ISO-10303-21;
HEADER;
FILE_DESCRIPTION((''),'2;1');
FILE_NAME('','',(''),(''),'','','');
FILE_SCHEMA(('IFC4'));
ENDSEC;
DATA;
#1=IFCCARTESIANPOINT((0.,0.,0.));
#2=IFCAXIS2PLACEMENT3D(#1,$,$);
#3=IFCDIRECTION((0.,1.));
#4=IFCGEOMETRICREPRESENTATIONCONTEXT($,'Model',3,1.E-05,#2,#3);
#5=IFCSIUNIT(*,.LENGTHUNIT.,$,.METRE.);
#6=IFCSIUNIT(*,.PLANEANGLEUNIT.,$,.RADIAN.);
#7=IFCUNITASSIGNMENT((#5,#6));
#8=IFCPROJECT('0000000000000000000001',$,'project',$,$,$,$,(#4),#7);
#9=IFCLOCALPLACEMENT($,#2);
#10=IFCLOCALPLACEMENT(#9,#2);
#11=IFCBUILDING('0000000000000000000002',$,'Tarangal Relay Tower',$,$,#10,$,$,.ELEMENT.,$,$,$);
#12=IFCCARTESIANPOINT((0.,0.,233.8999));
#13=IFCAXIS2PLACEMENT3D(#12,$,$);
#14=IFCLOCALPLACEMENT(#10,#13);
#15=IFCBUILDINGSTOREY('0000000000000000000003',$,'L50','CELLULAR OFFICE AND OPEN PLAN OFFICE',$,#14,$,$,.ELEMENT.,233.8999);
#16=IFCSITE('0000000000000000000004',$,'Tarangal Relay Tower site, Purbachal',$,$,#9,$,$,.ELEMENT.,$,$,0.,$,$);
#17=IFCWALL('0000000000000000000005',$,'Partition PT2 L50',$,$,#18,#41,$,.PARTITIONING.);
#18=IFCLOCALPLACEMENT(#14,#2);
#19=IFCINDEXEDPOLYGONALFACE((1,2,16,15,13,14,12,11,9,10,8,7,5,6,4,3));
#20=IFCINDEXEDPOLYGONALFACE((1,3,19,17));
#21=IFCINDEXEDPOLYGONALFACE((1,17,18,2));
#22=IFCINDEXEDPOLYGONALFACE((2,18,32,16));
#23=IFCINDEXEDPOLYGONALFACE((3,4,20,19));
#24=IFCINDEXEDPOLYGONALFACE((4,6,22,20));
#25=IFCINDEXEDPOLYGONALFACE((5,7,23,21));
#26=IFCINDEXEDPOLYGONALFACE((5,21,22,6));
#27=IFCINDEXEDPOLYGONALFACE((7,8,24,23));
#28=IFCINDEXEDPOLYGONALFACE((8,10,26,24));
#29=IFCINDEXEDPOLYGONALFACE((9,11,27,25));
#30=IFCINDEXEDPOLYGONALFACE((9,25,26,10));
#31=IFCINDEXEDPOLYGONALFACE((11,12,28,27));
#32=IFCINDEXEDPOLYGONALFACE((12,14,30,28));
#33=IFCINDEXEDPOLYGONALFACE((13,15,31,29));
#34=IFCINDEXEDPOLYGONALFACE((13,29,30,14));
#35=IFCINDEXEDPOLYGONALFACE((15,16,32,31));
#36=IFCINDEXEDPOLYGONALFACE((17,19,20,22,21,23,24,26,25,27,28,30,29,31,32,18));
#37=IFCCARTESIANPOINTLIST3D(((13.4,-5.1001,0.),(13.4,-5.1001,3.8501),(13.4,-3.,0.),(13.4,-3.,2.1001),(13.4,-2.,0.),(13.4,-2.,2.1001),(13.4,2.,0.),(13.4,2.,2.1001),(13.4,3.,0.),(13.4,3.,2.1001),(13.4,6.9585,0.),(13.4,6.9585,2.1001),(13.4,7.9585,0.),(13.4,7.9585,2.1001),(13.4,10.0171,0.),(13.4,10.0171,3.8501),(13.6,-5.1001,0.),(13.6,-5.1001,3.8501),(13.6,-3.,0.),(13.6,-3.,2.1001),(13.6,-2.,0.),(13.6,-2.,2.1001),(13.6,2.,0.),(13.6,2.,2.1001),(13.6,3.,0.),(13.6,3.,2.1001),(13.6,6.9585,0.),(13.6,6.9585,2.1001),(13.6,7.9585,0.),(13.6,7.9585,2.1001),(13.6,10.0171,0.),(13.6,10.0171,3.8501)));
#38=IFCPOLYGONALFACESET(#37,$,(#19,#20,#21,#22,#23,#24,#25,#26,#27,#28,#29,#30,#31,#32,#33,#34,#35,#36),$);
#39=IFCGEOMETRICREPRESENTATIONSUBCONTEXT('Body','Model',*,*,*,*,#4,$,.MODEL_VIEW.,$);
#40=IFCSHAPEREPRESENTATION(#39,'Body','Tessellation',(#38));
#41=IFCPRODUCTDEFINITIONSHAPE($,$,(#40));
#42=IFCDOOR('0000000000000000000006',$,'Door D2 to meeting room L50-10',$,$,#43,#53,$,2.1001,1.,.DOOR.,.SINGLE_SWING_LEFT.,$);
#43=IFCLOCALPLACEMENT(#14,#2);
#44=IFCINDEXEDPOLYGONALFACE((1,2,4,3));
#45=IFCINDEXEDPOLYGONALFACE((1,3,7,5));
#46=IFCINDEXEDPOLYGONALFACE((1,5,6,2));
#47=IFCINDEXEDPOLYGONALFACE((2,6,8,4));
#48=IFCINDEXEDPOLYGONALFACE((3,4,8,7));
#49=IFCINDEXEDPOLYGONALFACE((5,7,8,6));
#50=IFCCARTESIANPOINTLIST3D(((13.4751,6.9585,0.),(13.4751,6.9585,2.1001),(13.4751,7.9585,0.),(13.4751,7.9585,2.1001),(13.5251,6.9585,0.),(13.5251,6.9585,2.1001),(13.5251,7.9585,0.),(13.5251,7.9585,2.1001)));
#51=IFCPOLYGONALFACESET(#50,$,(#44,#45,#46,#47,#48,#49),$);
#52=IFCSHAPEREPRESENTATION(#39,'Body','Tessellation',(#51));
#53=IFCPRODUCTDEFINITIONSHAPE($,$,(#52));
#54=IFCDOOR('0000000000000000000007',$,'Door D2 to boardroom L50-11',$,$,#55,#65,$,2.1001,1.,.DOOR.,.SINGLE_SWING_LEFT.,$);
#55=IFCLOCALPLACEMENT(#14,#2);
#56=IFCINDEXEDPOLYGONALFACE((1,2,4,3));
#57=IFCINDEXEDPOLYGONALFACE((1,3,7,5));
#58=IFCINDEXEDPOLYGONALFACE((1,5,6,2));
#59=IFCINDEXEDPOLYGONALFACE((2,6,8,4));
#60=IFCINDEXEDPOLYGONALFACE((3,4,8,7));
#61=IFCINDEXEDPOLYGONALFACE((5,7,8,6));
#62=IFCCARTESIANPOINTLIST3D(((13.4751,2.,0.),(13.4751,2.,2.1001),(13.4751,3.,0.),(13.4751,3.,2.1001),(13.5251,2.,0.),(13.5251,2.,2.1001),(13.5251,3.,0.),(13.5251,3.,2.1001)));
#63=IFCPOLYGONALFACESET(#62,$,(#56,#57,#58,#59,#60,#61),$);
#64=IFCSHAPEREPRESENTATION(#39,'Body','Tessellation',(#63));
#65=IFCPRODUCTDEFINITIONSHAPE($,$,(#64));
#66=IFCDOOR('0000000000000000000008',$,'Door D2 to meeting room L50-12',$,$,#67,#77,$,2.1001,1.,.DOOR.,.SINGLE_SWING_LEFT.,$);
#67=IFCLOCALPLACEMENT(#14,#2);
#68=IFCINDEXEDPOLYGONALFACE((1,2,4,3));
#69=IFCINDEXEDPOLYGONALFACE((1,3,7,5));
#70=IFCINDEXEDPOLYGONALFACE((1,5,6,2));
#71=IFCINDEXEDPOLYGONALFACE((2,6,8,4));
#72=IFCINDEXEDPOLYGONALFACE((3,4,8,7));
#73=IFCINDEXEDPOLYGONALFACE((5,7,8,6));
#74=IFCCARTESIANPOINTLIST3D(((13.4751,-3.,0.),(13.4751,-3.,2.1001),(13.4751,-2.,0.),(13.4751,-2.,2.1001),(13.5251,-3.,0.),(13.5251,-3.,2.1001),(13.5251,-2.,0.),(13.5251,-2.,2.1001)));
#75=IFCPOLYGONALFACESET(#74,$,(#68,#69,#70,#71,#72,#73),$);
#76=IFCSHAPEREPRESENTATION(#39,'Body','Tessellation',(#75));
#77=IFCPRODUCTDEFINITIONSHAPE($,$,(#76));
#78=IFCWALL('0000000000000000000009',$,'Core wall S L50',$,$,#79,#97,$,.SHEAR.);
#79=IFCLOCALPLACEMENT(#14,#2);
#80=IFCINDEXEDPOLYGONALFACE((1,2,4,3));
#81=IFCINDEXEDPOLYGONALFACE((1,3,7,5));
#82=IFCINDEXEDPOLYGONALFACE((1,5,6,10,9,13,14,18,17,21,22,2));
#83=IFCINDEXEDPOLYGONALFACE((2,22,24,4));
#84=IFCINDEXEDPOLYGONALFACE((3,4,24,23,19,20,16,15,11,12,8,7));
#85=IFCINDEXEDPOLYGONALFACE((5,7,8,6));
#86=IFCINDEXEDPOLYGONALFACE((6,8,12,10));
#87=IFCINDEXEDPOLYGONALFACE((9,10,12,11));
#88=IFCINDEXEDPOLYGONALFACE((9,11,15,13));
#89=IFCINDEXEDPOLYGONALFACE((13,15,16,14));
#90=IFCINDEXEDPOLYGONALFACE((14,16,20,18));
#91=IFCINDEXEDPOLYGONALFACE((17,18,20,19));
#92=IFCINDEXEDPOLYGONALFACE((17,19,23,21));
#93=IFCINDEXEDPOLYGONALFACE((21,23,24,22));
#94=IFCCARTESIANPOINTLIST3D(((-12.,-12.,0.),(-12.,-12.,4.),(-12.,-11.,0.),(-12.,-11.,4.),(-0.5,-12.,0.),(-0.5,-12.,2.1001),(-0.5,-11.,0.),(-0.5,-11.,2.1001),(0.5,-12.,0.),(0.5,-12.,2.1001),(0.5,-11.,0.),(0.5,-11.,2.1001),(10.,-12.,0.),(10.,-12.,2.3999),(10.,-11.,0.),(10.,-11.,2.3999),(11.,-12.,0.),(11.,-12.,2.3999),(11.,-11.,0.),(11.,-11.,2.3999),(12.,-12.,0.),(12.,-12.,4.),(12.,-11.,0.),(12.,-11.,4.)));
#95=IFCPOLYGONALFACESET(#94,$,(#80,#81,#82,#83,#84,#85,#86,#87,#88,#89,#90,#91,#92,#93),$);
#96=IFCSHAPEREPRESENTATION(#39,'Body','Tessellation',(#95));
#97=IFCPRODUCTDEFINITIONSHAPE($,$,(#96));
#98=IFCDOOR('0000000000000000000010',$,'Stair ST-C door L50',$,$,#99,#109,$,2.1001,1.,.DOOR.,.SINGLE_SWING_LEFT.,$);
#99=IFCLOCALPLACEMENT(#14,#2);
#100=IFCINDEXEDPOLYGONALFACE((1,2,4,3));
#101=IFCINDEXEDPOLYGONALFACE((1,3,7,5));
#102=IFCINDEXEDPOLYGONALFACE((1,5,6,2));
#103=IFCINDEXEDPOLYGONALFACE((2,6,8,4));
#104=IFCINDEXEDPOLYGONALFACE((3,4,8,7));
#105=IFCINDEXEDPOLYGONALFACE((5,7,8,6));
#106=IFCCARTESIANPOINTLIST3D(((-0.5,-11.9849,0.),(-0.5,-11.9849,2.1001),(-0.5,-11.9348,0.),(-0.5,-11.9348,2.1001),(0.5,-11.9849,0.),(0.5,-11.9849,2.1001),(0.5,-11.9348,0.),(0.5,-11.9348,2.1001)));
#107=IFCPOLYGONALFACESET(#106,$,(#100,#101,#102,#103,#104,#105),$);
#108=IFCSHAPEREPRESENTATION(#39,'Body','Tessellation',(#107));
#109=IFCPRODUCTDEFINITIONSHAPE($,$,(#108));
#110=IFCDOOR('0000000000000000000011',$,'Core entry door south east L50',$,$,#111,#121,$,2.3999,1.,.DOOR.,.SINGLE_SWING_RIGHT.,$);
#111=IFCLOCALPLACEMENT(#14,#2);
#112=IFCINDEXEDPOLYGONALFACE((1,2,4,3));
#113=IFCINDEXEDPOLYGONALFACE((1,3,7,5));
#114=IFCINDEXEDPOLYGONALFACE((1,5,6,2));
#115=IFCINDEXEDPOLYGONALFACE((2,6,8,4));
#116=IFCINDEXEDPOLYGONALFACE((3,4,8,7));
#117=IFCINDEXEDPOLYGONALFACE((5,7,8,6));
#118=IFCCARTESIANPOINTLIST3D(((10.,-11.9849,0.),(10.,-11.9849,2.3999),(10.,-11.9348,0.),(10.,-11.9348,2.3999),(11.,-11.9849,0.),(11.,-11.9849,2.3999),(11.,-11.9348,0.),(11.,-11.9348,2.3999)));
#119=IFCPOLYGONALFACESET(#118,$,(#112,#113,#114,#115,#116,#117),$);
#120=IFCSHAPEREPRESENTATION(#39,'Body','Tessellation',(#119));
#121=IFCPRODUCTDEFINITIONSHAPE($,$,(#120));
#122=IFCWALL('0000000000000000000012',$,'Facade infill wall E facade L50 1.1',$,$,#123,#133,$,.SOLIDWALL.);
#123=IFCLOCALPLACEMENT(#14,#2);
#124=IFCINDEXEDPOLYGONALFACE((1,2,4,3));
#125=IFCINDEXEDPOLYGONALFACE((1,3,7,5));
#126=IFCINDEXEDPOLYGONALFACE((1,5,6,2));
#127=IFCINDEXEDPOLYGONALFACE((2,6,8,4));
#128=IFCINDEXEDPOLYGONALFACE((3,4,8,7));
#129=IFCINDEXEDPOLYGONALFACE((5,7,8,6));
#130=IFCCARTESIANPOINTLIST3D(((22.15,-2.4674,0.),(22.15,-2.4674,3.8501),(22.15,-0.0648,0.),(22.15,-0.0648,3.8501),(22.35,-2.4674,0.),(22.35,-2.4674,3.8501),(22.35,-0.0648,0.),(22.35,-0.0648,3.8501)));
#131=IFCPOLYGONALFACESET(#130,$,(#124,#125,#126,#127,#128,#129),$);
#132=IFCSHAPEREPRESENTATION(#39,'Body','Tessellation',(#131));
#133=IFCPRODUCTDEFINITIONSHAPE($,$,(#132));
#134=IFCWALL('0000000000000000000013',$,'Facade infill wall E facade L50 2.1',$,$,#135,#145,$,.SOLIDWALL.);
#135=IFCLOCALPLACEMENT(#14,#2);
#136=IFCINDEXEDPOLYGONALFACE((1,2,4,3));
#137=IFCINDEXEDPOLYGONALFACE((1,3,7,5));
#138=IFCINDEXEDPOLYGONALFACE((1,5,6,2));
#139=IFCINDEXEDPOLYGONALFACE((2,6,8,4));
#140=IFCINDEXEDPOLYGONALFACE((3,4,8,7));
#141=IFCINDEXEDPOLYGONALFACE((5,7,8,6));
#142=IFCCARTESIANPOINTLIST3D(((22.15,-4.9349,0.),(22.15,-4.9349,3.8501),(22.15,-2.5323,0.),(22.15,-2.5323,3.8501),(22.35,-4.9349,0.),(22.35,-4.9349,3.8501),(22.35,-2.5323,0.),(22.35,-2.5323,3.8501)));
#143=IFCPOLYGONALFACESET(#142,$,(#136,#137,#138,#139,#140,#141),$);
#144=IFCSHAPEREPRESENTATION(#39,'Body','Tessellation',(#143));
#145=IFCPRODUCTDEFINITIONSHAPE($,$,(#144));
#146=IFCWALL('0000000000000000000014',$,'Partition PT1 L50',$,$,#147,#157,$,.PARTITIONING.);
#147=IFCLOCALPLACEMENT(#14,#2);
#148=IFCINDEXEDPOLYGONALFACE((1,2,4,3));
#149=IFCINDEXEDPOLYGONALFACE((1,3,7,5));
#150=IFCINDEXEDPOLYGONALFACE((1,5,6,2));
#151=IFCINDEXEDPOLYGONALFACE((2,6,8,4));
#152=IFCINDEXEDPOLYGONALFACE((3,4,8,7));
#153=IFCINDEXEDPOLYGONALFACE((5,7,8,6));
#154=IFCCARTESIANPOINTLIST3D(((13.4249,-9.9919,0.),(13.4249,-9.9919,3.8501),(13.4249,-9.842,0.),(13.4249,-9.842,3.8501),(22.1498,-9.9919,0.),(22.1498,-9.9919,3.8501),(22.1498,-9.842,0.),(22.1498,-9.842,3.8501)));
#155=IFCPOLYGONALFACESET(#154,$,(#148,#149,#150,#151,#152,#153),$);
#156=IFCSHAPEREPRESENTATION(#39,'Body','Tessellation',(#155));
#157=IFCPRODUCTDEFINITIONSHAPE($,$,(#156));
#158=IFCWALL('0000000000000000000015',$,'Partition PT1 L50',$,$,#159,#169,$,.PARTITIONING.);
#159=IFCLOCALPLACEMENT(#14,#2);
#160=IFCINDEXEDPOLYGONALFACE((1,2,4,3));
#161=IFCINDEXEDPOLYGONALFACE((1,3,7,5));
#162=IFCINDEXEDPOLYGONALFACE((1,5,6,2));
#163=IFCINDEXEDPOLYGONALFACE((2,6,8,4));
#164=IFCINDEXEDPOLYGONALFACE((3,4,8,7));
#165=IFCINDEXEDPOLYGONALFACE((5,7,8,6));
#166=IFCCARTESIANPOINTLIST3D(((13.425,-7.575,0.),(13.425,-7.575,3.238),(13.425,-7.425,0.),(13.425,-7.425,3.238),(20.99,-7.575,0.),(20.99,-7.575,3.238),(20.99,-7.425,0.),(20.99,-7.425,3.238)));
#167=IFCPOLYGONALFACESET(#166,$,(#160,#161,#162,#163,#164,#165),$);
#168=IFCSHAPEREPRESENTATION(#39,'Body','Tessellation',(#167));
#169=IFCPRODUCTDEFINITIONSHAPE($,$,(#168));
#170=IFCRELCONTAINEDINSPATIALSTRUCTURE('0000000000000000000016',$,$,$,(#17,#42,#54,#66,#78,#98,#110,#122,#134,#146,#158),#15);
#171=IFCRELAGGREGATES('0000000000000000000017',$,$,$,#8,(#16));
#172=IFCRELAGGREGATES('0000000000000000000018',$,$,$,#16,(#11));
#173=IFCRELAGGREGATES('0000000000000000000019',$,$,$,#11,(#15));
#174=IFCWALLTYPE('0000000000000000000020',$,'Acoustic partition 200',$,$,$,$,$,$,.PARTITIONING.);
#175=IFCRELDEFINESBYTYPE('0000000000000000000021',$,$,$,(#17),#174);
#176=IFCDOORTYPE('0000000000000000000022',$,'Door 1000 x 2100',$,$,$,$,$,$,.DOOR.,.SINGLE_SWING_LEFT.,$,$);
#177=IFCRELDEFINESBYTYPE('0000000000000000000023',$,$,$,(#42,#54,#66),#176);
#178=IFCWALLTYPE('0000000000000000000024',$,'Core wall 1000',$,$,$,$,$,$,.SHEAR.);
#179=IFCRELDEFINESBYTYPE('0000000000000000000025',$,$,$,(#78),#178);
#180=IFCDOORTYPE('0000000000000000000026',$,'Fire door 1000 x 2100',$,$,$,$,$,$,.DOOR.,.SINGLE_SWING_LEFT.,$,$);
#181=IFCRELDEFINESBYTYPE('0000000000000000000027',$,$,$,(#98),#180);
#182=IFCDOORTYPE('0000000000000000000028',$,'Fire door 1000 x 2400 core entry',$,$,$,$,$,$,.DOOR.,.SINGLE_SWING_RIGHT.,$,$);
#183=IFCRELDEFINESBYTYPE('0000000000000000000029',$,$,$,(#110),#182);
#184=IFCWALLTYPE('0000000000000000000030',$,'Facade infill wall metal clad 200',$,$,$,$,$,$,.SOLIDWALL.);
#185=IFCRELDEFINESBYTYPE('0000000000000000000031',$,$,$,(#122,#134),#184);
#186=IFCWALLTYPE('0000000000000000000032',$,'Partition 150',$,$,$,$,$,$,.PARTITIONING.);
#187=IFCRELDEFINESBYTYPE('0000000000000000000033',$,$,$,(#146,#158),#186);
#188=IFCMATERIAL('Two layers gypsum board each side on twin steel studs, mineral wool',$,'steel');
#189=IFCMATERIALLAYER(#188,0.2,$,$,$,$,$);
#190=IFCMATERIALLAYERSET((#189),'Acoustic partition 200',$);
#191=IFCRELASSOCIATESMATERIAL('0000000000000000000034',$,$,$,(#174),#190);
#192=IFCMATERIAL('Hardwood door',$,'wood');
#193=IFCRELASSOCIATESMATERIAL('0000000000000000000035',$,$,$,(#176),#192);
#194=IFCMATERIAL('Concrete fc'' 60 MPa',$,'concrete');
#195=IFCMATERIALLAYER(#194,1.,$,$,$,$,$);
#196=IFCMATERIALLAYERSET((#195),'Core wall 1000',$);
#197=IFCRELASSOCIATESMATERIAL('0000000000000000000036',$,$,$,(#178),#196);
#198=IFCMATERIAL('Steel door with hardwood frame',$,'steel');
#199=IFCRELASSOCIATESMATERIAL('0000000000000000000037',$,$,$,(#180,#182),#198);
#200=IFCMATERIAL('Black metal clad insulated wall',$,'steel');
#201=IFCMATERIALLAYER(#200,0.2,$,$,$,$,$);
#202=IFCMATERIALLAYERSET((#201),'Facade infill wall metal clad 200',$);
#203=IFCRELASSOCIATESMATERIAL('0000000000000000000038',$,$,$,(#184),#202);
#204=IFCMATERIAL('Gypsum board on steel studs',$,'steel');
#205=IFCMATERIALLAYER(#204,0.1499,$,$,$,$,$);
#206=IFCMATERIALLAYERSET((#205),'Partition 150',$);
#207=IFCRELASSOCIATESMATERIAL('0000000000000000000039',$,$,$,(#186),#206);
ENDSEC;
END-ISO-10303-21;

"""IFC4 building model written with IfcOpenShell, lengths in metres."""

from ifc_helpers import new_model, si_unit, direction, frame, frame_2d, origin, place, context, subcontext, project, spatial, rectangle, extrude, material, layer, layer_set, type_object, element, fill, save


model = new_model("IFC4")

# Units and contexts
model_context = context("Model", 3, precision=1e-05, world=origin(), true_north=direction((0.0, 1.0)))
body_context = subcontext(model_context, "Body", "Model", "MODEL_VIEW")
ifc_project = project(units=[si_unit("LENGTHUNIT", "METRE"), si_unit("PLANEANGLEUNIT", "RADIAN")], contexts=[model_context])

# Site, building, storey
site_placement = place(None, origin())
site = spatial("IfcSite", under=ifc_project, at=site_placement, Name="Tarangal Relay Tower site, Purbachal", CompositionType="ELEMENT", RefElevation=0.0)
building_placement = place(site_placement, origin())
building = spatial("IfcBuilding", under=site, at=building_placement, Name="Tarangal Relay Tower", CompositionType="ELEMENT")
storey_placement = place(building_placement, frame((0.0, 0.0, 233.8999)))
storey = spatial("IfcBuildingStorey", under=building, at=storey_placement, Name="L50", Description="CELLULAR OFFICE AND OPEN PLAN OFFICE", CompositionType="ELEMENT", Elevation=233.8999)

# Shared definitions
ifc_material_1 = material(Name="Two layers gypsum board each side on twin steel studs, mineral wool", Category="steel")
ifc_layer_1 = layer(ifc_material_1, 0.2)
ifc_layer_set_1 = layer_set([ifc_layer_1], Name="Acoustic partition 200")
wall_type_1 = type_object("IfcWallType", Name="Acoustic partition 200", PredefinedType="PARTITIONING", material=ifc_layer_set_1)

# Walls, openings, doors
wall_1_placement = place(storey_placement, frame((13.5, -5.1001, 0.0), z_axis=(0.0, 0.0, 1.0), x_axis=(0.0, 1.0, 0.0)))
wall_1 = element("IfcWall", 1, at=wall_1_placement, inside=storey, type_object=wall_type_1, Name="Partition PT2 L50", PredefinedType="PARTITIONING", context=body_context, shape_type="SweptSolid", body=[
    extrude(rectangle(XDim=15.1172, YDim=0.2, at=frame_2d((7.5586, 0.0))), origin(), (0.0, 0.0, 1.0), 3.8501),
])
opening_1_placement = place(wall_1_placement, frame((12.0586, 0.0, 0.0)))
opening_1 = element("IfcOpeningElement", 2, at=opening_1_placement, cuts=wall_1, PredefinedType="OPENING", context=body_context, shape_type="SweptSolid", body=[
    extrude(rectangle(XDim=1.0, YDim=2.1001, at=frame_2d((0.5, 1.05))), frame((0.0, 0.1099, 0.0), z_axis=(0.0, -1.0, 0.0), x_axis=(1.0, 0.0, 0.0)), (0.0, 0.0, 1.0), 0.22),
])
opening_2_placement = place(wall_1_placement, frame((7.1001, 0.0, 0.0)))
opening_2 = element("IfcOpeningElement", 3, at=opening_2_placement, cuts=wall_1, PredefinedType="OPENING", context=body_context, shape_type="SweptSolid", body=[
    extrude(rectangle(XDim=1.0, YDim=2.1001, at=frame_2d((0.5, 1.05))), frame((0.0, 0.1099, 0.0), z_axis=(0.0, -1.0, 0.0), x_axis=(1.0, 0.0, 0.0)), (0.0, 0.0, 1.0), 0.22),
])
opening_3_placement = place(wall_1_placement, frame((2.1001, 0.0, 0.0)))
opening_3 = element("IfcOpeningElement", 4, at=opening_3_placement, cuts=wall_1, PredefinedType="OPENING", context=body_context, shape_type="SweptSolid", body=[
    extrude(rectangle(XDim=1.0, YDim=2.1001, at=frame_2d((0.5, 1.05))), frame((0.0, 0.1099, 0.0), z_axis=(0.0, -1.0, 0.0), x_axis=(1.0, 0.0, 0.0)), (0.0, 0.0, 1.0), 0.22),
])
ifc_material_2 = material(Name="Hardwood door", Category="wood")
door_type_1 = type_object("IfcDoorType", Name="Door 1000 x 2100", OperationType="SINGLE_SWING_LEFT", PredefinedType="DOOR", material=ifc_material_2)
door_1_placement = place(opening_1_placement, origin())
door_1 = element("IfcDoor", 5, at=door_1_placement, inside=storey, type_object=door_type_1, Name="Door D2 to meeting room L50-10", OperationType="SINGLE_SWING_LEFT", OverallHeight=2.1001, OverallWidth=1.0, PredefinedType="DOOR", context=body_context, shape_type="SweptSolid", body=[
    extrude(rectangle(XDim=1.0, YDim=2.1001, at=frame_2d((0.5, 1.05))), frame((0.0, 0.0249, 0.0), z_axis=(0.0, -1.0, 0.0), x_axis=(1.0, 0.0, 0.0)), (0.0, 0.0, 1.0), 0.05),
])
fill(opening_1, door_1)
door_2_placement = place(opening_2_placement, origin())
door_2 = element("IfcDoor", 6, at=door_2_placement, inside=storey, type_object=door_type_1, Name="Door D2 to boardroom L50-11", OperationType="SINGLE_SWING_LEFT", OverallHeight=2.1001, OverallWidth=1.0, PredefinedType="DOOR", context=body_context, shape_type="SweptSolid", body=[
    extrude(rectangle(XDim=1.0, YDim=2.1001, at=frame_2d((0.5, 1.05))), frame((0.0, 0.0249, 0.0), z_axis=(0.0, -1.0, 0.0), x_axis=(1.0, 0.0, 0.0)), (0.0, 0.0, 1.0), 0.05),
])
fill(opening_2, door_2)
door_3_placement = place(opening_3_placement, origin())
door_3 = element("IfcDoor", 7, at=door_3_placement, inside=storey, type_object=door_type_1, Name="Door D2 to meeting room L50-12", OperationType="SINGLE_SWING_LEFT", OverallHeight=2.1001, OverallWidth=1.0, PredefinedType="DOOR", context=body_context, shape_type="SweptSolid", body=[
    extrude(rectangle(XDim=1.0, YDim=2.1001, at=frame_2d((0.5, 1.05))), frame((0.0, 0.0249, 0.0), z_axis=(0.0, -1.0, 0.0), x_axis=(1.0, 0.0, 0.0)), (0.0, 0.0, 1.0), 0.05),
])
fill(opening_3, door_3)
ifc_material_3 = material(Name="Concrete fc' 60 MPa", Category="concrete")
ifc_layer_2 = layer(ifc_material_3, 1.0)
ifc_layer_set_2 = layer_set([ifc_layer_2], Name="Core wall 1000")
wall_type_2 = type_object("IfcWallType", Name="Core wall 1000", PredefinedType="SHEAR", material=ifc_layer_set_2)
wall_2_placement = place(storey_placement, frame((12.0, -11.5, 0.0), z_axis=(0.0, 0.0, 1.0), x_axis=(-1.0, 0.0, 0.0)))
wall_2 = element("IfcWall", 8, at=wall_2_placement, inside=storey, type_object=wall_type_2, Name="Core wall S L50", PredefinedType="SHEAR", context=body_context, shape_type="SweptSolid", body=[
    extrude(rectangle(XDim=24.0, YDim=1.0, at=frame_2d((12.0, 0.0))), origin(), (0.0, 0.0, 1.0), 4.0),
])
opening_4_placement = place(wall_2_placement, frame((11.5, 0.0, 0.0)))
opening_4 = element("IfcOpeningElement", 9, at=opening_4_placement, cuts=wall_2, PredefinedType="OPENING", context=body_context, shape_type="SweptSolid", body=[
    extrude(rectangle(XDim=1.0, YDim=2.1001, at=frame_2d((0.5, 1.05))), frame((0.0, 0.51, 0.0), z_axis=(0.0, -1.0, 0.0), x_axis=(1.0, 0.0, 0.0)), (0.0, 0.0, 1.0), 1.02),
])
opening_5_placement = place(wall_2_placement, frame((1.0, 0.0, 0.0)))
opening_5 = element("IfcOpeningElement", 10, at=opening_5_placement, cuts=wall_2, PredefinedType="OPENING", context=body_context, shape_type="SweptSolid", body=[
    extrude(rectangle(XDim=1.0, YDim=2.3999, at=frame_2d((0.5, 1.2))), frame((0.0, 0.51, 0.0), z_axis=(0.0, -1.0, 0.0), x_axis=(1.0, 0.0, 0.0)), (0.0, 0.0, 1.0), 1.02),
])
ifc_material_4 = material(Name="Steel door with hardwood frame", Category="steel")
door_type_2 = type_object("IfcDoorType", Name="Fire door 1000 x 2100", OperationType="SINGLE_SWING_LEFT", PredefinedType="DOOR", material=ifc_material_4)
door_4_placement = place(opening_4_placement, origin())
door_4 = element("IfcDoor", 11, at=door_4_placement, inside=storey, type_object=door_type_2, Name="Stair ST-C door L50", OperationType="SINGLE_SWING_LEFT", OverallHeight=2.1001, OverallWidth=1.0, PredefinedType="DOOR", context=body_context, shape_type="SweptSolid", body=[
    extrude(rectangle(XDim=1.0, YDim=2.1001, at=frame_2d((0.5, 1.05))), frame((0.0, 0.4849, 0.0), z_axis=(0.0, -1.0, 0.0), x_axis=(1.0, 0.0, 0.0)), (0.0, 0.0, 1.0), 0.05),
])
fill(opening_4, door_4)
door_type_3 = type_object("IfcDoorType", Name="Fire door 1000 x 2400 core entry", OperationType="SINGLE_SWING_RIGHT", PredefinedType="DOOR", material=ifc_material_4)
door_5_placement = place(opening_5_placement, origin())
door_5 = element("IfcDoor", 12, at=door_5_placement, inside=storey, type_object=door_type_3, Name="Core entry door south east L50", OperationType="SINGLE_SWING_RIGHT", OverallHeight=2.3999, OverallWidth=1.0, PredefinedType="DOOR", context=body_context, shape_type="SweptSolid", body=[
    extrude(rectangle(XDim=1.0, YDim=2.3999, at=frame_2d((0.5, 1.2))), frame((0.0, 0.4849, 0.0), z_axis=(0.0, -1.0, 0.0), x_axis=(1.0, 0.0, 0.0)), (0.0, 0.0, 1.0), 0.05),
])
fill(opening_5, door_5)

# Walls
ifc_material_5 = material(Name="Black metal clad insulated wall", Category="steel")
ifc_layer_3 = layer(ifc_material_5, 0.2)
ifc_layer_set_3 = layer_set([ifc_layer_3], Name="Facade infill wall metal clad 200")
wall_type_3 = type_object("IfcWallType", Name="Facade infill wall metal clad 200", PredefinedType="SOLIDWALL", material=ifc_layer_set_3)
for number, where, z_axis, x_axis, name in (
    (13, (22.25, -0.0649, 0.0), (0.0, 0.0, 1.0), (0.0, -1.0, 0.0), "Facade infill wall E facade L50 1.1"),
    (14, (22.25, -2.5325, 0.0), (0.0, 0.0, 1.0), (0.0, -1.0, 0.0), "Facade infill wall E facade L50 2.1"),
):
    element("IfcWall", number, at=place(storey_placement, frame(where, z_axis=z_axis, x_axis=x_axis)), inside=storey, type_object=wall_type_3, Name=name, PredefinedType="SOLIDWALL", context=body_context, shape_type="SweptSolid", body=[
        extrude(rectangle(XDim=2.4026, YDim=0.2, at=frame_2d((1.2012, 0.0))), origin(), (0.0, 0.0, 1.0), 3.8501),
    ])
ifc_material_6 = material(Name="Gypsum board on steel studs", Category="steel")
ifc_layer_4 = layer(ifc_material_6, 0.1499)
ifc_layer_set_4 = layer_set([ifc_layer_4], Name="Partition 150")
wall_type_4 = type_object("IfcWallType", Name="Partition 150", PredefinedType="PARTITIONING", material=ifc_layer_set_4)
wall_3_placement = place(storey_placement, frame((13.425, -9.917, 0.0), z_axis=(0.0, 0.0, 1.0), x_axis=(1.0, 0.0, 0.0)))
element("IfcWall", 15, at=wall_3_placement, inside=storey, type_object=wall_type_4, Name="Partition PT1 L50", PredefinedType="PARTITIONING", context=body_context, shape_type="SweptSolid", body=[
    extrude(rectangle(XDim=8.7249, YDim=0.1499, at=frame_2d((4.3623, 0.0))), origin(), (0.0, 0.0, 1.0), 3.8501),
])
wall_4_placement = place(storey_placement, frame((13.425, -7.5, 0.0), z_axis=(0.0, 0.0, 1.0), x_axis=(1.0, 0.0, 0.0)))
element("IfcWall", 16, at=wall_4_placement, inside=storey, type_object=wall_type_4, Name="Partition PT1 L50", PredefinedType="PARTITIONING", context=body_context, shape_type="SweptSolid", body=[
    extrude(rectangle(XDim=7.5649, YDim=0.1499, at=frame_2d((3.7825, 0.0))), origin(), (0.0, 0.0, 1.0), 3.238),
])

save(model, "model.ifc")
